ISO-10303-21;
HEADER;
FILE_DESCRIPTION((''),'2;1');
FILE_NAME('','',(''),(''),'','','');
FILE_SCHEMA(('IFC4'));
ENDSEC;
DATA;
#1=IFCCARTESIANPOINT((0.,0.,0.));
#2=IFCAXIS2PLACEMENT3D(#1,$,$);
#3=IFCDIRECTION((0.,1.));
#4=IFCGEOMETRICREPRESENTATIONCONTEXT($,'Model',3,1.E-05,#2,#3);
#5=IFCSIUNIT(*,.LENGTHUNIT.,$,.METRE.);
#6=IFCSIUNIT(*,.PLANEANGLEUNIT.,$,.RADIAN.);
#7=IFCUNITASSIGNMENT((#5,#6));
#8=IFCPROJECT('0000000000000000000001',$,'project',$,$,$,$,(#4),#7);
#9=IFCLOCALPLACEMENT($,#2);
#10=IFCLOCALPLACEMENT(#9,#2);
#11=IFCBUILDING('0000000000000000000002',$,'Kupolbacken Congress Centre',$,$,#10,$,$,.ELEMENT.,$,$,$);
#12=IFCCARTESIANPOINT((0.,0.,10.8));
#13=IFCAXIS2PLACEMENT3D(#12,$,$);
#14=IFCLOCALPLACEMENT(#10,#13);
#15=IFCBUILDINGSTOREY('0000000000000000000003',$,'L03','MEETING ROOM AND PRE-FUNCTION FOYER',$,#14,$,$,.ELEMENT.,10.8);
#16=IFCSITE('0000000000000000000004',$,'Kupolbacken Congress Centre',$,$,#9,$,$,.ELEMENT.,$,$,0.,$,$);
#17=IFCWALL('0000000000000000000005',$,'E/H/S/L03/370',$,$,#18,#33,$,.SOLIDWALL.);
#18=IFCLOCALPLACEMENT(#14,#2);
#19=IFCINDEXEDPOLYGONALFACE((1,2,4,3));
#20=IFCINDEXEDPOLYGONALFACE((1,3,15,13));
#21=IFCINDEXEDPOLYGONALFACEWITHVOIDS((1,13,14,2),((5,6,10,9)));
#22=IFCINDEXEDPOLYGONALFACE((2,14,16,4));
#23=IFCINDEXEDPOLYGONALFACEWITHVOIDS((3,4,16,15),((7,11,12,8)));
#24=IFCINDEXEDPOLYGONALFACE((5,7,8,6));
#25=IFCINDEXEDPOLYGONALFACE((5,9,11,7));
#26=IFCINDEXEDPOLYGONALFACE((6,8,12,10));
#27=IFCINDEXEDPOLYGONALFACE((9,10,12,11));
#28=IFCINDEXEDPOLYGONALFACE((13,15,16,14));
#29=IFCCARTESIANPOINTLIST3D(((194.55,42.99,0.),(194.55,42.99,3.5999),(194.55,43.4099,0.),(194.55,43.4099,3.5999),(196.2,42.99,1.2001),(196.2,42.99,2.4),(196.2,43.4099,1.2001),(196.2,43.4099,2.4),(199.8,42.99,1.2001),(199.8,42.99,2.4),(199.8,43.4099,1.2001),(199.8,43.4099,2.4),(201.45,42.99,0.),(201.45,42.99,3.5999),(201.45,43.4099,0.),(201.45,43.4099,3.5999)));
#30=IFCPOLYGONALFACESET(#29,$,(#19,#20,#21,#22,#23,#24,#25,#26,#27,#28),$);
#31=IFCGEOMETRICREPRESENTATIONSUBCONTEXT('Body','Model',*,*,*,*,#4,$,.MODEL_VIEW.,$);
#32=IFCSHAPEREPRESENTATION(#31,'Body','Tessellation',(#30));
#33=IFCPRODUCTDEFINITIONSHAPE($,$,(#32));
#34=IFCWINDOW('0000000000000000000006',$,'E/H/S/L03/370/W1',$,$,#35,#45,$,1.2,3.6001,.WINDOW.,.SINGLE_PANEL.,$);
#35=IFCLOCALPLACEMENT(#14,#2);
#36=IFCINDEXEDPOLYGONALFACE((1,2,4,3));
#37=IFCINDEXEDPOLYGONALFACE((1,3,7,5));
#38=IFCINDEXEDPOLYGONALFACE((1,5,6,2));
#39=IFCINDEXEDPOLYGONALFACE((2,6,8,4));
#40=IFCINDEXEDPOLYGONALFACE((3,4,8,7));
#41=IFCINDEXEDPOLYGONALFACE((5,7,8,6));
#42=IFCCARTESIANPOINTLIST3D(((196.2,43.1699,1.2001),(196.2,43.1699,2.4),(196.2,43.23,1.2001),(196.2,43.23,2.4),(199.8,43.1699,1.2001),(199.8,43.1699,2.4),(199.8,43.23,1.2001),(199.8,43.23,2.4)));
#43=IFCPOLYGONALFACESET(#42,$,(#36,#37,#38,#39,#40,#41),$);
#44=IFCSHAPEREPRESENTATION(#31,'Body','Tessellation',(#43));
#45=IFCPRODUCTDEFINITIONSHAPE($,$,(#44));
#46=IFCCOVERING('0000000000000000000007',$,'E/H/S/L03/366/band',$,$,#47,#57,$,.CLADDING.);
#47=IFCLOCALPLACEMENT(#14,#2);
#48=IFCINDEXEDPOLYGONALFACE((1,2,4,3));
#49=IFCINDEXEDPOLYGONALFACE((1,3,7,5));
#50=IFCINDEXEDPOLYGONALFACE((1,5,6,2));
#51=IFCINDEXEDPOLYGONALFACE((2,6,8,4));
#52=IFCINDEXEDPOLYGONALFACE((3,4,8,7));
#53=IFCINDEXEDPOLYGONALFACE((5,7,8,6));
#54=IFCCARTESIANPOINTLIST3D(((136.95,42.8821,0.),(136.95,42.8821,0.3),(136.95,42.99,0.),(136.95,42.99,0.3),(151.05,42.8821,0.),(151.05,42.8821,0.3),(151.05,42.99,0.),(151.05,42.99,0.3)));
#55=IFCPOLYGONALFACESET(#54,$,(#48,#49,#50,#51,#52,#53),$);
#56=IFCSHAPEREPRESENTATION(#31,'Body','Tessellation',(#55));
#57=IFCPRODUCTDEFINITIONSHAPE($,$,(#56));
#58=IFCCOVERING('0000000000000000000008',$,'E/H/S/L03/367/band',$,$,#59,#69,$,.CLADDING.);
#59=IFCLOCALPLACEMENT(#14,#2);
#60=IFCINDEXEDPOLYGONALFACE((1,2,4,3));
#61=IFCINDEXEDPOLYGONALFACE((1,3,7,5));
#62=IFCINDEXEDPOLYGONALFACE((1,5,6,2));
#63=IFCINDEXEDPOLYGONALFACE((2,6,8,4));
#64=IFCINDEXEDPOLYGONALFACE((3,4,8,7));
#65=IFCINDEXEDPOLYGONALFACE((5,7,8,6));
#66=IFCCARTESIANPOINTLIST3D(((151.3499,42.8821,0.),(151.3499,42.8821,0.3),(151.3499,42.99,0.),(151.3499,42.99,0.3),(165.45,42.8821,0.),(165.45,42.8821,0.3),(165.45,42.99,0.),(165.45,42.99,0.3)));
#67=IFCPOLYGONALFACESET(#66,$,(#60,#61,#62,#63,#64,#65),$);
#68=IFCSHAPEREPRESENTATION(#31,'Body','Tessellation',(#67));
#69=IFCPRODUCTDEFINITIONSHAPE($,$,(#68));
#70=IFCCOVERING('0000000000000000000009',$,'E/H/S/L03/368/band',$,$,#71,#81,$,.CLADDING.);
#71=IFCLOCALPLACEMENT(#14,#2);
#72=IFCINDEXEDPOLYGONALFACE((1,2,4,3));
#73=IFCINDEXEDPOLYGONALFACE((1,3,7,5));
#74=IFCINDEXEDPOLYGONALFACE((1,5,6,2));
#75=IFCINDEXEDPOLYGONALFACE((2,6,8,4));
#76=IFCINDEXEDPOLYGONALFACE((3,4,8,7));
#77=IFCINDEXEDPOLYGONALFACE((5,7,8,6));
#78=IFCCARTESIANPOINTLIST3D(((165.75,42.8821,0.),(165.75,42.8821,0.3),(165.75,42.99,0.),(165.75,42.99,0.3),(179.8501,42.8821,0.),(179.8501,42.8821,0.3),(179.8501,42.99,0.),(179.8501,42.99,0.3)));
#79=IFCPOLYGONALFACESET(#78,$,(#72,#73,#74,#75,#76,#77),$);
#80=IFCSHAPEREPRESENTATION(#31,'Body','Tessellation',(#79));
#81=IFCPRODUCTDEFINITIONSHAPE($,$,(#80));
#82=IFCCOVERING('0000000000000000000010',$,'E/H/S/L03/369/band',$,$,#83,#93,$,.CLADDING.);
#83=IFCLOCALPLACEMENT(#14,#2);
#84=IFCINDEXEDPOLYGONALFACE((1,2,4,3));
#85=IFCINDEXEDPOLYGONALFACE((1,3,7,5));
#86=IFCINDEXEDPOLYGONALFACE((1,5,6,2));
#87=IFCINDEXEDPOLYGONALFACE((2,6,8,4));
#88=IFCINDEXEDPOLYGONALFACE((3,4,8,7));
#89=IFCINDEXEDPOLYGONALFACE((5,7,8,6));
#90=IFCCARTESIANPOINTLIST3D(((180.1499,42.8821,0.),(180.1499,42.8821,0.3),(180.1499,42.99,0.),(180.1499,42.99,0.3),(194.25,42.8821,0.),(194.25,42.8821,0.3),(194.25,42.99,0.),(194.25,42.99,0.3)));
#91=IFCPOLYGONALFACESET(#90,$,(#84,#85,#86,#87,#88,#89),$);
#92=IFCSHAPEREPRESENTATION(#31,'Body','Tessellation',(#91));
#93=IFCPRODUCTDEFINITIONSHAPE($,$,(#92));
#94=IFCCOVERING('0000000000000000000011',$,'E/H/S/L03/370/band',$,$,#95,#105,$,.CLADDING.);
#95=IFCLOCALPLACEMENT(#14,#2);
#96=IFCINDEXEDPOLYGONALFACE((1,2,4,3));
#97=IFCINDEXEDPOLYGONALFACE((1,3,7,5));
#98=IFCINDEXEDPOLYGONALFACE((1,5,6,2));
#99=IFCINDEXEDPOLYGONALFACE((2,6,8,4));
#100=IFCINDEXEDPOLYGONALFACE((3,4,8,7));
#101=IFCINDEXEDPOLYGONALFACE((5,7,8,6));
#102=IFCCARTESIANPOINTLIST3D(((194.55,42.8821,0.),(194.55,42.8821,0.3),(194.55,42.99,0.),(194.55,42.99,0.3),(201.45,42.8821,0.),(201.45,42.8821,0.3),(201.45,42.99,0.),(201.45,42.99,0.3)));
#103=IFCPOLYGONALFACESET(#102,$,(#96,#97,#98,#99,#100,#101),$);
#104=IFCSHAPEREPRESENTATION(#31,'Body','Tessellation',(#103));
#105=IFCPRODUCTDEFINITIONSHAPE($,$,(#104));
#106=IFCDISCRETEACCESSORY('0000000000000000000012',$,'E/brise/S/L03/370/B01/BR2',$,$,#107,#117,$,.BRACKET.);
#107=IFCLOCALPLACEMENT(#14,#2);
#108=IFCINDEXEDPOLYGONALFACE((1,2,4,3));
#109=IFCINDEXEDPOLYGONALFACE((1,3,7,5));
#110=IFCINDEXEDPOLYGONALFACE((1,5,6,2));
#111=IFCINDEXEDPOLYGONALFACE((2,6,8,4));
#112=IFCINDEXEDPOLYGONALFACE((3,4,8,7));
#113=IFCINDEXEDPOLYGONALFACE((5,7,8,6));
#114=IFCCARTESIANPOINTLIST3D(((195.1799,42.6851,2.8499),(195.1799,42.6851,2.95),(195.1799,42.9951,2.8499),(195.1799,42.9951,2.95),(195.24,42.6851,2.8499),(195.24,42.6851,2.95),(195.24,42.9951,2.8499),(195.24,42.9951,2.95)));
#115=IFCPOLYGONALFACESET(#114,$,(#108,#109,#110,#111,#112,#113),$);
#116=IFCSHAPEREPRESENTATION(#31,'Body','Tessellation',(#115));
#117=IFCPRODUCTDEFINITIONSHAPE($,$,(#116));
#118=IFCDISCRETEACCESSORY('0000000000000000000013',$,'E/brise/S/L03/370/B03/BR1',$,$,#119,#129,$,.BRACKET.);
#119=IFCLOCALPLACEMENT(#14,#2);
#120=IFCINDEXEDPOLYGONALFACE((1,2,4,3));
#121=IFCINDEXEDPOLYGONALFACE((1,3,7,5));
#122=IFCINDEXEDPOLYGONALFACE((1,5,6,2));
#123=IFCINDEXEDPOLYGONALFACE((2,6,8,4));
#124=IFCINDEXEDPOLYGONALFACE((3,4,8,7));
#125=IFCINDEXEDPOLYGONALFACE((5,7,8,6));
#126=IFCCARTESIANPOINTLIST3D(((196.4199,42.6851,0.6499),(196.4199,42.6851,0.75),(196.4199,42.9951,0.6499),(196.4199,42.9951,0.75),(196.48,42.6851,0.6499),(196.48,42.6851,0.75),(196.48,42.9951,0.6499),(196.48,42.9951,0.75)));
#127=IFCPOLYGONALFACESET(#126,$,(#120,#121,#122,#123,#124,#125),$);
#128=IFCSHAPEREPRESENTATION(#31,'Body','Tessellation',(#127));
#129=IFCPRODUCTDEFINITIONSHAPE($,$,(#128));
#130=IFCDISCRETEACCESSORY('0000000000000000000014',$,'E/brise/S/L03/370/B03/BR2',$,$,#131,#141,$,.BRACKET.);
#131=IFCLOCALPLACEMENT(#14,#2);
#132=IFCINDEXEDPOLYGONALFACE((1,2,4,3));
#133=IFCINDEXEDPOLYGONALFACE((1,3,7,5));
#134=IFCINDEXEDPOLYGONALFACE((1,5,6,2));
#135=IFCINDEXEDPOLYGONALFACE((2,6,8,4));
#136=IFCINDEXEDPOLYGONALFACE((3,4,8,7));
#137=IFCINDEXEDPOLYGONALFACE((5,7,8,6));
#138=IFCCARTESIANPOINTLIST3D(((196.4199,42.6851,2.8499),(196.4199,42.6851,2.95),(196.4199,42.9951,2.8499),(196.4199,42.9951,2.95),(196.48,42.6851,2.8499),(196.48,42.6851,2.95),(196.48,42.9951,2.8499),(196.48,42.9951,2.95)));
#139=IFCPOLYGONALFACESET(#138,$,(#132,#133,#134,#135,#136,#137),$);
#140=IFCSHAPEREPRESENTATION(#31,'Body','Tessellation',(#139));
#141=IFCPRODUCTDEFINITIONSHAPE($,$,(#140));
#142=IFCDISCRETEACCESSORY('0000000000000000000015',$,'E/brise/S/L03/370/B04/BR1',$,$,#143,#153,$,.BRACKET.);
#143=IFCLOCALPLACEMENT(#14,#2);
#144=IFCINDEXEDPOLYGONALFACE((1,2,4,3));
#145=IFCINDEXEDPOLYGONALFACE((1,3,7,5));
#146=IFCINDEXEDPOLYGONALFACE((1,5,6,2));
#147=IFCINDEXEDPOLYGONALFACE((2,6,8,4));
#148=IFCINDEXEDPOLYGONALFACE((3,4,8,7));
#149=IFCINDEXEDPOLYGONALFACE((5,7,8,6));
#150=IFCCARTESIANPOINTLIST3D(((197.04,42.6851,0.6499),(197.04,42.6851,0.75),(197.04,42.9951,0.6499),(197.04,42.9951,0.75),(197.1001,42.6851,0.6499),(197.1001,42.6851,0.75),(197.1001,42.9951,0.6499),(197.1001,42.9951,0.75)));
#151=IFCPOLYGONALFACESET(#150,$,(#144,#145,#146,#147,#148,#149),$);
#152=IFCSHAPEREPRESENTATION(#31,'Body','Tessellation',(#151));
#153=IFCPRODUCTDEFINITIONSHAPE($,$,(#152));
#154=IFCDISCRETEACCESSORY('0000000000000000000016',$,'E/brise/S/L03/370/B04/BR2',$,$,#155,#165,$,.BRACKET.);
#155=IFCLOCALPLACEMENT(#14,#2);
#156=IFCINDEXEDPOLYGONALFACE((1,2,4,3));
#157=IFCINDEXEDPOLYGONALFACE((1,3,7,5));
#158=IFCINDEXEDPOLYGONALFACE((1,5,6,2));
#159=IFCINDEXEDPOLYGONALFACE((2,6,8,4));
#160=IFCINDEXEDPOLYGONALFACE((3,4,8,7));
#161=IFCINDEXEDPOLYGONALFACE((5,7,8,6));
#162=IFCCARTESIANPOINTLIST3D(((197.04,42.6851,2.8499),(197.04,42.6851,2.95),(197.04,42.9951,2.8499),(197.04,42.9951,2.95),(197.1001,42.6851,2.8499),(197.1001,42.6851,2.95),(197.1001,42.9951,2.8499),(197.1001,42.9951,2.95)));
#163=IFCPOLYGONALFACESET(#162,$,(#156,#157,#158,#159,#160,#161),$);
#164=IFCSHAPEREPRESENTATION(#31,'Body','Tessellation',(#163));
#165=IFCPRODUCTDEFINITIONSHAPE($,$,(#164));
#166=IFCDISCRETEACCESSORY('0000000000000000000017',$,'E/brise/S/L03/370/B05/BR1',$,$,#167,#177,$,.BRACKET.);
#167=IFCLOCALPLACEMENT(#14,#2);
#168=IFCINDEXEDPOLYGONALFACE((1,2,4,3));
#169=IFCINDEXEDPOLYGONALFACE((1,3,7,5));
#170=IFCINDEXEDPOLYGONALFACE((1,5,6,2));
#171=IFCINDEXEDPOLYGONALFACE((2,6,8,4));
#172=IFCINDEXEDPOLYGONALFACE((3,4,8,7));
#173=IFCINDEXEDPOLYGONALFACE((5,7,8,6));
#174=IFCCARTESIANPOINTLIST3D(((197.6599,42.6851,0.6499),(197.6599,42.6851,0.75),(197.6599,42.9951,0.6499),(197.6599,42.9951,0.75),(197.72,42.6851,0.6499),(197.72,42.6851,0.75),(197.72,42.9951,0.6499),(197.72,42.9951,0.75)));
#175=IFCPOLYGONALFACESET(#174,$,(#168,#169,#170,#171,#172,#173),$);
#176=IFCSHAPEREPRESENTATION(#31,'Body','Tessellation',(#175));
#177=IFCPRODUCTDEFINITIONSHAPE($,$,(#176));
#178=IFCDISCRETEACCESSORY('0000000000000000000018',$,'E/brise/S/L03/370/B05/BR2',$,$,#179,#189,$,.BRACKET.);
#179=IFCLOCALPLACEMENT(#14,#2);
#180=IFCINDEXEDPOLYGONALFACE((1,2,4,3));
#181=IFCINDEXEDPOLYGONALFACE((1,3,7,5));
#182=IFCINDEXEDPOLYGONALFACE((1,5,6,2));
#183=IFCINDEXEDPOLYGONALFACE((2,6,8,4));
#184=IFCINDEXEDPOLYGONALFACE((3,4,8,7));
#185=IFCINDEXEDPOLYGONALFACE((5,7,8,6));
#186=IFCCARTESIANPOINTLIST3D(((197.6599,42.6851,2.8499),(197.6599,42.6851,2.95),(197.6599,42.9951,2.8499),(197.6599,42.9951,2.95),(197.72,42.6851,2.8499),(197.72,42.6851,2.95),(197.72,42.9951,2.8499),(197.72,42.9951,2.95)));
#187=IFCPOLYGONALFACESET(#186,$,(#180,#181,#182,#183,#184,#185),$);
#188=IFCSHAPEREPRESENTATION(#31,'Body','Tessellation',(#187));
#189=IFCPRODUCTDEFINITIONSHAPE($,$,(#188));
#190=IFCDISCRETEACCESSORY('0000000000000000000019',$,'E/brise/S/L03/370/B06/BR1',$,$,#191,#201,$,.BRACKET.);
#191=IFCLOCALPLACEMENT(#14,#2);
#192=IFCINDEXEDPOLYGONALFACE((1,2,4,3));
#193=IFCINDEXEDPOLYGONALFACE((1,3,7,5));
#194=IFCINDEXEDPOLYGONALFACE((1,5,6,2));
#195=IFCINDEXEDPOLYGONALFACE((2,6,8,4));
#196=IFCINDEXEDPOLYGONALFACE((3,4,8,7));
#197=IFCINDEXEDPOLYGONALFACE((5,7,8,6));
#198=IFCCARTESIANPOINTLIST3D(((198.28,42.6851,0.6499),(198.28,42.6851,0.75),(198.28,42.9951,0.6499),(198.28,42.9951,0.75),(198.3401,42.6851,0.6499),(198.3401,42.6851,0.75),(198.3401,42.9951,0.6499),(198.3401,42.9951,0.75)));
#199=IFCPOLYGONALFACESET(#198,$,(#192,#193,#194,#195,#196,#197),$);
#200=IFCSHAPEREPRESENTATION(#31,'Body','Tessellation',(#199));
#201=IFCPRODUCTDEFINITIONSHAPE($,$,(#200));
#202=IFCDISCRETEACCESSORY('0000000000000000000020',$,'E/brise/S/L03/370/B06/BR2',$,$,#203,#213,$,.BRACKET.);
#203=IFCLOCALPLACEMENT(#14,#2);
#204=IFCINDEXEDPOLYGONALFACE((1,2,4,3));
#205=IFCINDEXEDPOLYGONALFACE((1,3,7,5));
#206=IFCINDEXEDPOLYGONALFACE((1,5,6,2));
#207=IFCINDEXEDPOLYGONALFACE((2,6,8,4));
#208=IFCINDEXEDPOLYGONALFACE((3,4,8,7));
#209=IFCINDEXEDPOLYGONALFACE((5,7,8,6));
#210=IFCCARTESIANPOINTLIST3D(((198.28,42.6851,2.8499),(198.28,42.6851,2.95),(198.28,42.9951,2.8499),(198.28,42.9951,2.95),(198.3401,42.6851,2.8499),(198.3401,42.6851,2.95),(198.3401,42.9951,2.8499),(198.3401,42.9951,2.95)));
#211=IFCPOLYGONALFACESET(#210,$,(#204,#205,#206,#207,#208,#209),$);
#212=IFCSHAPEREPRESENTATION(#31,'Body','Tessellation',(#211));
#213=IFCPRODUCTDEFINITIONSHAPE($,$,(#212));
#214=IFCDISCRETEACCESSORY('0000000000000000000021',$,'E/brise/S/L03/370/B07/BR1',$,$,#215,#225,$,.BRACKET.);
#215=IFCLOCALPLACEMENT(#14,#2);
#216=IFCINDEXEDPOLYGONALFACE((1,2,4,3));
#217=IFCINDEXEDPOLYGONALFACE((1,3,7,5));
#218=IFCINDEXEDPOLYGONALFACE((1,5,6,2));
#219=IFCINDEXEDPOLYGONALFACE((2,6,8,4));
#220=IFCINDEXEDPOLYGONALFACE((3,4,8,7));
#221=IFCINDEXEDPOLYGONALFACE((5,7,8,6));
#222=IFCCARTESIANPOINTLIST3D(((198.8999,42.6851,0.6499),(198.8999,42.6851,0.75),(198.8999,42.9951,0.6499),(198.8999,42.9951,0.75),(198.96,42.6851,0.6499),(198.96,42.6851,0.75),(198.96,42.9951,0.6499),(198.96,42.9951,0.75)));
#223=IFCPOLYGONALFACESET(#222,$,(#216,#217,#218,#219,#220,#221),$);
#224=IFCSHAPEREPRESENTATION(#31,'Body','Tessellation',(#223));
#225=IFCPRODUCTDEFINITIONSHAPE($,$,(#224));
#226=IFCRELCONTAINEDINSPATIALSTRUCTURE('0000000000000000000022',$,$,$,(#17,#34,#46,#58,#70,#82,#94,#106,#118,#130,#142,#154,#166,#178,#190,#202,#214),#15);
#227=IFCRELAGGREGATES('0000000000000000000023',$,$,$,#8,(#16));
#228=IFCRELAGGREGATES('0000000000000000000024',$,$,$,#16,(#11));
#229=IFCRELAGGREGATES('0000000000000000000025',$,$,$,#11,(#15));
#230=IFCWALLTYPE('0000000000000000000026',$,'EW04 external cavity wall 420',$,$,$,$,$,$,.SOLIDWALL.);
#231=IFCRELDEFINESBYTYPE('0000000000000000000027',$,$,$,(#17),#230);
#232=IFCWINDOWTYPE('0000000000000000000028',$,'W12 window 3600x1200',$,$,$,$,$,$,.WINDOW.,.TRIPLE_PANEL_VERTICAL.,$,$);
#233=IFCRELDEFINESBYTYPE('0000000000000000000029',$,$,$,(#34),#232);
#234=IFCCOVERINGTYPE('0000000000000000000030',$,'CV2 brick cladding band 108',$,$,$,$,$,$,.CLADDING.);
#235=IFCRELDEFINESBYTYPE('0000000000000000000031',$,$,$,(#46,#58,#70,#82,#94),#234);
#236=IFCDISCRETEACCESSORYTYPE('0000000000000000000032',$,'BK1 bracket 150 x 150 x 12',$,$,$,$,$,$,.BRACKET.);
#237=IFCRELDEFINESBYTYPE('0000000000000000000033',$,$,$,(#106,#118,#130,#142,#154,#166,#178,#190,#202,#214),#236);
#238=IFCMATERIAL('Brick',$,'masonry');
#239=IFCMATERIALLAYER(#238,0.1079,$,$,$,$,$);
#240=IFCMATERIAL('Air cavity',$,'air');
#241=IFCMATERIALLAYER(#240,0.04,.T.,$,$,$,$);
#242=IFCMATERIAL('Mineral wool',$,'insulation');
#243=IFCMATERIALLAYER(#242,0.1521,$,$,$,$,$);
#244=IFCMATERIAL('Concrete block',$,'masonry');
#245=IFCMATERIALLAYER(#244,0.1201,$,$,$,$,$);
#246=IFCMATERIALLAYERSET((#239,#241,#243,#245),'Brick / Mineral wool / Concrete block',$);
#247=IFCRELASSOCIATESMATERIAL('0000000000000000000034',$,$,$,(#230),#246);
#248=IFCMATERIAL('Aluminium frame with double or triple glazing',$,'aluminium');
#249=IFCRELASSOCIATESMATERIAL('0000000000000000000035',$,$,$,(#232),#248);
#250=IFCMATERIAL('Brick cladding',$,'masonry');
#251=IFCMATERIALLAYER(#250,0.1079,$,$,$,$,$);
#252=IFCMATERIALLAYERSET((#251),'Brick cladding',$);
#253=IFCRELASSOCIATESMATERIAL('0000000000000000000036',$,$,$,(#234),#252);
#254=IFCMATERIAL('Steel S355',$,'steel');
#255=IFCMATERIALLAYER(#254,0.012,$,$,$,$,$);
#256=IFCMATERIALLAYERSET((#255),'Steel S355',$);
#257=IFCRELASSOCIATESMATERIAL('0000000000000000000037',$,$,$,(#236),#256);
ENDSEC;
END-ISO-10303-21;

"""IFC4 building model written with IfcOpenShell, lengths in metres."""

from ifc_helpers import new_model, si_unit, direction, frame, frame_2d, origin, origin_2d, place, context, subcontext, project, spatial, rectangle, extrude, material, layer, layer_set, type_object, element, fill, save


model = new_model("IFC4")

# Units and contexts
model_context = context("Model", 3, precision=1e-05, world=origin(), true_north=direction((0.0, 1.0)))
body_context = subcontext(model_context, "Body", "Model", "MODEL_VIEW")
ifc_project = project(units=[si_unit("LENGTHUNIT", "METRE"), si_unit("PLANEANGLEUNIT", "RADIAN")], contexts=[model_context])

# Site, building, storey
site_placement = place(None, origin())
site = spatial("IfcSite", under=ifc_project, at=site_placement, Name="Kupolbacken Congress Centre", CompositionType="ELEMENT", RefElevation=0.0)
building_placement = place(site_placement, origin())
building = spatial("IfcBuilding", under=site, at=building_placement, Name="Kupolbacken Congress Centre", CompositionType="ELEMENT")
storey_placement = place(building_placement, frame((0.0, 0.0, 10.8)))
storey = spatial("IfcBuildingStorey", under=building, at=storey_placement, Name="L03", Description="MEETING ROOM AND PRE-FUNCTION FOYER", CompositionType="ELEMENT", Elevation=10.8)

# Shared definitions
ifc_material_1 = material(Name="Brick", Category="masonry")
ifc_layer_1 = layer(ifc_material_1, 0.1079)
ifc_material_2 = material(Name="Air cavity", Category="air")
ifc_layer_2 = layer(ifc_material_2, 0.04, ventilated=True)
ifc_material_3 = material(Name="Mineral wool", Category="insulation")
ifc_layer_3 = layer(ifc_material_3, 0.1521)
ifc_material_4 = material(Name="Concrete block", Category="masonry")
ifc_layer_4 = layer(ifc_material_4, 0.1201)
ifc_layer_set_1 = layer_set([ifc_layer_1, ifc_layer_2, ifc_layer_3, ifc_layer_4], Name="Brick / Mineral wool / Concrete block")
wall_type = type_object("IfcWallType", Name="EW04 external cavity wall 420", PredefinedType="SOLIDWALL", material=ifc_layer_set_1)
ifc_material_5 = material(Name="Aluminium frame with double or triple glazing", Category="aluminium")
window_type = type_object("IfcWindowType", Name="W12 window 3600x1200", PartitioningType="TRIPLE_PANEL_VERTICAL", PredefinedType="WINDOW", material=ifc_material_5)

# Wall, opening, window
wall_1_placement = place(storey_placement, frame((194.55, 43.2, 0.0), z_axis=(0.0, 0.0, 1.0), x_axis=(1.0, 0.0, 0.0)))
wall_1 = element("IfcWall", 1, at=wall_1_placement, inside=storey, type_object=wall_type, Name="E/H/S/L03/370", PredefinedType="SOLIDWALL", context=body_context, shape_type="SweptSolid", body=[
    extrude(rectangle(XDim=6.8999, YDim=0.4199, at=frame_2d((3.45, 0.0))), origin(), (0.0, 0.0, 1.0), 3.5999),
])
opening_1_placement = place(wall_1_placement, frame((1.6499, 0.0, 1.2)))
opening_1 = element("IfcOpeningElement", 2, at=opening_1_placement, cuts=wall_1, PredefinedType="OPENING", context=body_context, shape_type="SweptSolid", body=[
    extrude(rectangle(XDim=3.6001, YDim=1.2, at=frame_2d((1.8, 0.6001))), frame((0.0, 0.22, 0.0), z_axis=(0.0, -1.0, 0.0), x_axis=(1.0, 0.0, 0.0)), (0.0, 0.0, 1.0), 0.4399),
])
window_1_placement = place(opening_1_placement, origin())
window_1 = element("IfcWindow", 3, at=window_1_placement, inside=storey, type_object=window_type, Name="E/H/S/L03/370/W1", OverallHeight=1.2, OverallWidth=3.6001, PartitioningType="SINGLE_PANEL", PredefinedType="WINDOW", context=body_context, shape_type="SweptSolid", body=[
    extrude(rectangle(XDim=3.6001, YDim=1.2, at=frame_2d((1.8, 0.6001))), frame((0.0, 0.03, 0.0), z_axis=(0.0, -1.0, 0.0), x_axis=(1.0, 0.0, 0.0)), (0.0, 0.0, 1.0), 0.0601),
])
fill(opening_1, window_1)

# Coverings
ifc_material_6 = material(Name="Brick cladding", Category="masonry")
ifc_layer_5 = layer(ifc_material_6, 0.1079)
ifc_layer_set_2 = layer_set([ifc_layer_5], Name="Brick cladding")
covering_type = type_object("IfcCoveringType", Name="CV2 brick cladding band 108", PredefinedType="CLADDING", material=ifc_layer_set_2)
for number, where, z_axis, x_axis, name in (
    (4, (144.0, 42.936, 0.0), (0.0, 0.0, 1.0), (1.0, 0.0, 0.0), "E/H/S/L03/366/band"),
    (5, (158.3999, 42.936, 0.0), (0.0, 0.0, 1.0), (1.0, 0.0, 0.0), "E/H/S/L03/367/band"),
    (6, (172.8, 42.936, 0.0), (0.0, 0.0, 1.0), (1.0, 0.0, 0.0), "E/H/S/L03/368/band"),
    (7, (187.2, 42.936, 0.0), (0.0, 0.0, 1.0), (1.0, 0.0, 0.0), "E/H/S/L03/369/band"),
):
    element("IfcCovering", number, at=place(storey_placement, frame(where, z_axis=z_axis, x_axis=x_axis)), inside=storey, type_object=covering_type, Name=name, PredefinedType="CLADDING", context=body_context, shape_type="SweptSolid", body=[
        extrude(rectangle(XDim=14.1001, YDim=0.1079, at=origin_2d()), origin(), (0.0, 0.0, 1.0), 0.3),
    ])
covering_placement = place(storey_placement, frame((198.0, 42.936, 0.0), z_axis=(0.0, 0.0, 1.0), x_axis=(1.0, 0.0, 0.0)))
element("IfcCovering", 8, at=covering_placement, inside=storey, type_object=covering_type, Name="E/H/S/L03/370/band", PredefinedType="CLADDING", context=body_context, shape_type="SweptSolid", body=[
    extrude(rectangle(XDim=6.8999, YDim=0.1079, at=origin_2d()), origin(), (0.0, 0.0, 1.0), 0.3),
])

# Discrete accessories
ifc_material_7 = material(Name="Steel S355", Category="steel")
ifc_layer_6 = layer(ifc_material_7, 0.012)
ifc_layer_set_3 = layer_set([ifc_layer_6], Name="Steel S355")
discrete_accessory_type = type_object("IfcDiscreteAccessoryType", Name="BK1 bracket 150 x 150 x 12", PredefinedType="BRACKET", material=ifc_layer_set_3)
for number, where, z_axis, x_axis, name in (
    (9, (195.21, 42.8401, 2.8499), (0.0, 0.0, 1.0), (1.0, 0.0, 0.0), "E/brise/S/L03/370/B01/BR2"),
    (10, (196.45, 42.8401, 0.6499), (0.0, 0.0, 1.0), (1.0, 0.0, 0.0), "E/brise/S/L03/370/B03/BR1"),
    (11, (196.45, 42.8401, 2.8499), (0.0, 0.0, 1.0), (1.0, 0.0, 0.0), "E/brise/S/L03/370/B03/BR2"),
    (12, (197.0701, 42.8401, 0.6499), (0.0, 0.0, 1.0), (1.0, 0.0, 0.0), "E/brise/S/L03/370/B04/BR1"),
    (13, (197.0701, 42.8401, 2.8499), (0.0, 0.0, 1.0), (1.0, 0.0, 0.0), "E/brise/S/L03/370/B04/BR2"),
    (14, (197.6899, 42.8401, 0.6499), (0.0, 0.0, 1.0), (1.0, 0.0, 0.0), "E/brise/S/L03/370/B05/BR1"),
    (15, (197.6899, 42.8401, 2.8499), (0.0, 0.0, 1.0), (1.0, 0.0, 0.0), "E/brise/S/L03/370/B05/BR2"),
    (16, (198.3101, 42.8401, 0.6499), (0.0, 0.0, 1.0), (1.0, 0.0, 0.0), "E/brise/S/L03/370/B06/BR1"),
    (17, (198.3101, 42.8401, 2.8499), (0.0, 0.0, 1.0), (1.0, 0.0, 0.0), "E/brise/S/L03/370/B06/BR2"),
    (18, (198.9299, 42.8401, 0.6499), (0.0, 0.0, 1.0), (1.0, 0.0, 0.0), "E/brise/S/L03/370/B07/BR1"),
):
    element("IfcDiscreteAccessory", number, at=place(storey_placement, frame(where, z_axis=z_axis, x_axis=x_axis)), inside=storey, type_object=discrete_accessory_type, Name=name, PredefinedType="BRACKET", context=body_context, shape_type="SweptSolid", body=[
        extrude(rectangle(XDim=0.0601, YDim=0.3101, at=origin_2d()), origin(), (0.0, 0.0, 1.0), 0.1001),
    ])

save(model, "model.ifc")
